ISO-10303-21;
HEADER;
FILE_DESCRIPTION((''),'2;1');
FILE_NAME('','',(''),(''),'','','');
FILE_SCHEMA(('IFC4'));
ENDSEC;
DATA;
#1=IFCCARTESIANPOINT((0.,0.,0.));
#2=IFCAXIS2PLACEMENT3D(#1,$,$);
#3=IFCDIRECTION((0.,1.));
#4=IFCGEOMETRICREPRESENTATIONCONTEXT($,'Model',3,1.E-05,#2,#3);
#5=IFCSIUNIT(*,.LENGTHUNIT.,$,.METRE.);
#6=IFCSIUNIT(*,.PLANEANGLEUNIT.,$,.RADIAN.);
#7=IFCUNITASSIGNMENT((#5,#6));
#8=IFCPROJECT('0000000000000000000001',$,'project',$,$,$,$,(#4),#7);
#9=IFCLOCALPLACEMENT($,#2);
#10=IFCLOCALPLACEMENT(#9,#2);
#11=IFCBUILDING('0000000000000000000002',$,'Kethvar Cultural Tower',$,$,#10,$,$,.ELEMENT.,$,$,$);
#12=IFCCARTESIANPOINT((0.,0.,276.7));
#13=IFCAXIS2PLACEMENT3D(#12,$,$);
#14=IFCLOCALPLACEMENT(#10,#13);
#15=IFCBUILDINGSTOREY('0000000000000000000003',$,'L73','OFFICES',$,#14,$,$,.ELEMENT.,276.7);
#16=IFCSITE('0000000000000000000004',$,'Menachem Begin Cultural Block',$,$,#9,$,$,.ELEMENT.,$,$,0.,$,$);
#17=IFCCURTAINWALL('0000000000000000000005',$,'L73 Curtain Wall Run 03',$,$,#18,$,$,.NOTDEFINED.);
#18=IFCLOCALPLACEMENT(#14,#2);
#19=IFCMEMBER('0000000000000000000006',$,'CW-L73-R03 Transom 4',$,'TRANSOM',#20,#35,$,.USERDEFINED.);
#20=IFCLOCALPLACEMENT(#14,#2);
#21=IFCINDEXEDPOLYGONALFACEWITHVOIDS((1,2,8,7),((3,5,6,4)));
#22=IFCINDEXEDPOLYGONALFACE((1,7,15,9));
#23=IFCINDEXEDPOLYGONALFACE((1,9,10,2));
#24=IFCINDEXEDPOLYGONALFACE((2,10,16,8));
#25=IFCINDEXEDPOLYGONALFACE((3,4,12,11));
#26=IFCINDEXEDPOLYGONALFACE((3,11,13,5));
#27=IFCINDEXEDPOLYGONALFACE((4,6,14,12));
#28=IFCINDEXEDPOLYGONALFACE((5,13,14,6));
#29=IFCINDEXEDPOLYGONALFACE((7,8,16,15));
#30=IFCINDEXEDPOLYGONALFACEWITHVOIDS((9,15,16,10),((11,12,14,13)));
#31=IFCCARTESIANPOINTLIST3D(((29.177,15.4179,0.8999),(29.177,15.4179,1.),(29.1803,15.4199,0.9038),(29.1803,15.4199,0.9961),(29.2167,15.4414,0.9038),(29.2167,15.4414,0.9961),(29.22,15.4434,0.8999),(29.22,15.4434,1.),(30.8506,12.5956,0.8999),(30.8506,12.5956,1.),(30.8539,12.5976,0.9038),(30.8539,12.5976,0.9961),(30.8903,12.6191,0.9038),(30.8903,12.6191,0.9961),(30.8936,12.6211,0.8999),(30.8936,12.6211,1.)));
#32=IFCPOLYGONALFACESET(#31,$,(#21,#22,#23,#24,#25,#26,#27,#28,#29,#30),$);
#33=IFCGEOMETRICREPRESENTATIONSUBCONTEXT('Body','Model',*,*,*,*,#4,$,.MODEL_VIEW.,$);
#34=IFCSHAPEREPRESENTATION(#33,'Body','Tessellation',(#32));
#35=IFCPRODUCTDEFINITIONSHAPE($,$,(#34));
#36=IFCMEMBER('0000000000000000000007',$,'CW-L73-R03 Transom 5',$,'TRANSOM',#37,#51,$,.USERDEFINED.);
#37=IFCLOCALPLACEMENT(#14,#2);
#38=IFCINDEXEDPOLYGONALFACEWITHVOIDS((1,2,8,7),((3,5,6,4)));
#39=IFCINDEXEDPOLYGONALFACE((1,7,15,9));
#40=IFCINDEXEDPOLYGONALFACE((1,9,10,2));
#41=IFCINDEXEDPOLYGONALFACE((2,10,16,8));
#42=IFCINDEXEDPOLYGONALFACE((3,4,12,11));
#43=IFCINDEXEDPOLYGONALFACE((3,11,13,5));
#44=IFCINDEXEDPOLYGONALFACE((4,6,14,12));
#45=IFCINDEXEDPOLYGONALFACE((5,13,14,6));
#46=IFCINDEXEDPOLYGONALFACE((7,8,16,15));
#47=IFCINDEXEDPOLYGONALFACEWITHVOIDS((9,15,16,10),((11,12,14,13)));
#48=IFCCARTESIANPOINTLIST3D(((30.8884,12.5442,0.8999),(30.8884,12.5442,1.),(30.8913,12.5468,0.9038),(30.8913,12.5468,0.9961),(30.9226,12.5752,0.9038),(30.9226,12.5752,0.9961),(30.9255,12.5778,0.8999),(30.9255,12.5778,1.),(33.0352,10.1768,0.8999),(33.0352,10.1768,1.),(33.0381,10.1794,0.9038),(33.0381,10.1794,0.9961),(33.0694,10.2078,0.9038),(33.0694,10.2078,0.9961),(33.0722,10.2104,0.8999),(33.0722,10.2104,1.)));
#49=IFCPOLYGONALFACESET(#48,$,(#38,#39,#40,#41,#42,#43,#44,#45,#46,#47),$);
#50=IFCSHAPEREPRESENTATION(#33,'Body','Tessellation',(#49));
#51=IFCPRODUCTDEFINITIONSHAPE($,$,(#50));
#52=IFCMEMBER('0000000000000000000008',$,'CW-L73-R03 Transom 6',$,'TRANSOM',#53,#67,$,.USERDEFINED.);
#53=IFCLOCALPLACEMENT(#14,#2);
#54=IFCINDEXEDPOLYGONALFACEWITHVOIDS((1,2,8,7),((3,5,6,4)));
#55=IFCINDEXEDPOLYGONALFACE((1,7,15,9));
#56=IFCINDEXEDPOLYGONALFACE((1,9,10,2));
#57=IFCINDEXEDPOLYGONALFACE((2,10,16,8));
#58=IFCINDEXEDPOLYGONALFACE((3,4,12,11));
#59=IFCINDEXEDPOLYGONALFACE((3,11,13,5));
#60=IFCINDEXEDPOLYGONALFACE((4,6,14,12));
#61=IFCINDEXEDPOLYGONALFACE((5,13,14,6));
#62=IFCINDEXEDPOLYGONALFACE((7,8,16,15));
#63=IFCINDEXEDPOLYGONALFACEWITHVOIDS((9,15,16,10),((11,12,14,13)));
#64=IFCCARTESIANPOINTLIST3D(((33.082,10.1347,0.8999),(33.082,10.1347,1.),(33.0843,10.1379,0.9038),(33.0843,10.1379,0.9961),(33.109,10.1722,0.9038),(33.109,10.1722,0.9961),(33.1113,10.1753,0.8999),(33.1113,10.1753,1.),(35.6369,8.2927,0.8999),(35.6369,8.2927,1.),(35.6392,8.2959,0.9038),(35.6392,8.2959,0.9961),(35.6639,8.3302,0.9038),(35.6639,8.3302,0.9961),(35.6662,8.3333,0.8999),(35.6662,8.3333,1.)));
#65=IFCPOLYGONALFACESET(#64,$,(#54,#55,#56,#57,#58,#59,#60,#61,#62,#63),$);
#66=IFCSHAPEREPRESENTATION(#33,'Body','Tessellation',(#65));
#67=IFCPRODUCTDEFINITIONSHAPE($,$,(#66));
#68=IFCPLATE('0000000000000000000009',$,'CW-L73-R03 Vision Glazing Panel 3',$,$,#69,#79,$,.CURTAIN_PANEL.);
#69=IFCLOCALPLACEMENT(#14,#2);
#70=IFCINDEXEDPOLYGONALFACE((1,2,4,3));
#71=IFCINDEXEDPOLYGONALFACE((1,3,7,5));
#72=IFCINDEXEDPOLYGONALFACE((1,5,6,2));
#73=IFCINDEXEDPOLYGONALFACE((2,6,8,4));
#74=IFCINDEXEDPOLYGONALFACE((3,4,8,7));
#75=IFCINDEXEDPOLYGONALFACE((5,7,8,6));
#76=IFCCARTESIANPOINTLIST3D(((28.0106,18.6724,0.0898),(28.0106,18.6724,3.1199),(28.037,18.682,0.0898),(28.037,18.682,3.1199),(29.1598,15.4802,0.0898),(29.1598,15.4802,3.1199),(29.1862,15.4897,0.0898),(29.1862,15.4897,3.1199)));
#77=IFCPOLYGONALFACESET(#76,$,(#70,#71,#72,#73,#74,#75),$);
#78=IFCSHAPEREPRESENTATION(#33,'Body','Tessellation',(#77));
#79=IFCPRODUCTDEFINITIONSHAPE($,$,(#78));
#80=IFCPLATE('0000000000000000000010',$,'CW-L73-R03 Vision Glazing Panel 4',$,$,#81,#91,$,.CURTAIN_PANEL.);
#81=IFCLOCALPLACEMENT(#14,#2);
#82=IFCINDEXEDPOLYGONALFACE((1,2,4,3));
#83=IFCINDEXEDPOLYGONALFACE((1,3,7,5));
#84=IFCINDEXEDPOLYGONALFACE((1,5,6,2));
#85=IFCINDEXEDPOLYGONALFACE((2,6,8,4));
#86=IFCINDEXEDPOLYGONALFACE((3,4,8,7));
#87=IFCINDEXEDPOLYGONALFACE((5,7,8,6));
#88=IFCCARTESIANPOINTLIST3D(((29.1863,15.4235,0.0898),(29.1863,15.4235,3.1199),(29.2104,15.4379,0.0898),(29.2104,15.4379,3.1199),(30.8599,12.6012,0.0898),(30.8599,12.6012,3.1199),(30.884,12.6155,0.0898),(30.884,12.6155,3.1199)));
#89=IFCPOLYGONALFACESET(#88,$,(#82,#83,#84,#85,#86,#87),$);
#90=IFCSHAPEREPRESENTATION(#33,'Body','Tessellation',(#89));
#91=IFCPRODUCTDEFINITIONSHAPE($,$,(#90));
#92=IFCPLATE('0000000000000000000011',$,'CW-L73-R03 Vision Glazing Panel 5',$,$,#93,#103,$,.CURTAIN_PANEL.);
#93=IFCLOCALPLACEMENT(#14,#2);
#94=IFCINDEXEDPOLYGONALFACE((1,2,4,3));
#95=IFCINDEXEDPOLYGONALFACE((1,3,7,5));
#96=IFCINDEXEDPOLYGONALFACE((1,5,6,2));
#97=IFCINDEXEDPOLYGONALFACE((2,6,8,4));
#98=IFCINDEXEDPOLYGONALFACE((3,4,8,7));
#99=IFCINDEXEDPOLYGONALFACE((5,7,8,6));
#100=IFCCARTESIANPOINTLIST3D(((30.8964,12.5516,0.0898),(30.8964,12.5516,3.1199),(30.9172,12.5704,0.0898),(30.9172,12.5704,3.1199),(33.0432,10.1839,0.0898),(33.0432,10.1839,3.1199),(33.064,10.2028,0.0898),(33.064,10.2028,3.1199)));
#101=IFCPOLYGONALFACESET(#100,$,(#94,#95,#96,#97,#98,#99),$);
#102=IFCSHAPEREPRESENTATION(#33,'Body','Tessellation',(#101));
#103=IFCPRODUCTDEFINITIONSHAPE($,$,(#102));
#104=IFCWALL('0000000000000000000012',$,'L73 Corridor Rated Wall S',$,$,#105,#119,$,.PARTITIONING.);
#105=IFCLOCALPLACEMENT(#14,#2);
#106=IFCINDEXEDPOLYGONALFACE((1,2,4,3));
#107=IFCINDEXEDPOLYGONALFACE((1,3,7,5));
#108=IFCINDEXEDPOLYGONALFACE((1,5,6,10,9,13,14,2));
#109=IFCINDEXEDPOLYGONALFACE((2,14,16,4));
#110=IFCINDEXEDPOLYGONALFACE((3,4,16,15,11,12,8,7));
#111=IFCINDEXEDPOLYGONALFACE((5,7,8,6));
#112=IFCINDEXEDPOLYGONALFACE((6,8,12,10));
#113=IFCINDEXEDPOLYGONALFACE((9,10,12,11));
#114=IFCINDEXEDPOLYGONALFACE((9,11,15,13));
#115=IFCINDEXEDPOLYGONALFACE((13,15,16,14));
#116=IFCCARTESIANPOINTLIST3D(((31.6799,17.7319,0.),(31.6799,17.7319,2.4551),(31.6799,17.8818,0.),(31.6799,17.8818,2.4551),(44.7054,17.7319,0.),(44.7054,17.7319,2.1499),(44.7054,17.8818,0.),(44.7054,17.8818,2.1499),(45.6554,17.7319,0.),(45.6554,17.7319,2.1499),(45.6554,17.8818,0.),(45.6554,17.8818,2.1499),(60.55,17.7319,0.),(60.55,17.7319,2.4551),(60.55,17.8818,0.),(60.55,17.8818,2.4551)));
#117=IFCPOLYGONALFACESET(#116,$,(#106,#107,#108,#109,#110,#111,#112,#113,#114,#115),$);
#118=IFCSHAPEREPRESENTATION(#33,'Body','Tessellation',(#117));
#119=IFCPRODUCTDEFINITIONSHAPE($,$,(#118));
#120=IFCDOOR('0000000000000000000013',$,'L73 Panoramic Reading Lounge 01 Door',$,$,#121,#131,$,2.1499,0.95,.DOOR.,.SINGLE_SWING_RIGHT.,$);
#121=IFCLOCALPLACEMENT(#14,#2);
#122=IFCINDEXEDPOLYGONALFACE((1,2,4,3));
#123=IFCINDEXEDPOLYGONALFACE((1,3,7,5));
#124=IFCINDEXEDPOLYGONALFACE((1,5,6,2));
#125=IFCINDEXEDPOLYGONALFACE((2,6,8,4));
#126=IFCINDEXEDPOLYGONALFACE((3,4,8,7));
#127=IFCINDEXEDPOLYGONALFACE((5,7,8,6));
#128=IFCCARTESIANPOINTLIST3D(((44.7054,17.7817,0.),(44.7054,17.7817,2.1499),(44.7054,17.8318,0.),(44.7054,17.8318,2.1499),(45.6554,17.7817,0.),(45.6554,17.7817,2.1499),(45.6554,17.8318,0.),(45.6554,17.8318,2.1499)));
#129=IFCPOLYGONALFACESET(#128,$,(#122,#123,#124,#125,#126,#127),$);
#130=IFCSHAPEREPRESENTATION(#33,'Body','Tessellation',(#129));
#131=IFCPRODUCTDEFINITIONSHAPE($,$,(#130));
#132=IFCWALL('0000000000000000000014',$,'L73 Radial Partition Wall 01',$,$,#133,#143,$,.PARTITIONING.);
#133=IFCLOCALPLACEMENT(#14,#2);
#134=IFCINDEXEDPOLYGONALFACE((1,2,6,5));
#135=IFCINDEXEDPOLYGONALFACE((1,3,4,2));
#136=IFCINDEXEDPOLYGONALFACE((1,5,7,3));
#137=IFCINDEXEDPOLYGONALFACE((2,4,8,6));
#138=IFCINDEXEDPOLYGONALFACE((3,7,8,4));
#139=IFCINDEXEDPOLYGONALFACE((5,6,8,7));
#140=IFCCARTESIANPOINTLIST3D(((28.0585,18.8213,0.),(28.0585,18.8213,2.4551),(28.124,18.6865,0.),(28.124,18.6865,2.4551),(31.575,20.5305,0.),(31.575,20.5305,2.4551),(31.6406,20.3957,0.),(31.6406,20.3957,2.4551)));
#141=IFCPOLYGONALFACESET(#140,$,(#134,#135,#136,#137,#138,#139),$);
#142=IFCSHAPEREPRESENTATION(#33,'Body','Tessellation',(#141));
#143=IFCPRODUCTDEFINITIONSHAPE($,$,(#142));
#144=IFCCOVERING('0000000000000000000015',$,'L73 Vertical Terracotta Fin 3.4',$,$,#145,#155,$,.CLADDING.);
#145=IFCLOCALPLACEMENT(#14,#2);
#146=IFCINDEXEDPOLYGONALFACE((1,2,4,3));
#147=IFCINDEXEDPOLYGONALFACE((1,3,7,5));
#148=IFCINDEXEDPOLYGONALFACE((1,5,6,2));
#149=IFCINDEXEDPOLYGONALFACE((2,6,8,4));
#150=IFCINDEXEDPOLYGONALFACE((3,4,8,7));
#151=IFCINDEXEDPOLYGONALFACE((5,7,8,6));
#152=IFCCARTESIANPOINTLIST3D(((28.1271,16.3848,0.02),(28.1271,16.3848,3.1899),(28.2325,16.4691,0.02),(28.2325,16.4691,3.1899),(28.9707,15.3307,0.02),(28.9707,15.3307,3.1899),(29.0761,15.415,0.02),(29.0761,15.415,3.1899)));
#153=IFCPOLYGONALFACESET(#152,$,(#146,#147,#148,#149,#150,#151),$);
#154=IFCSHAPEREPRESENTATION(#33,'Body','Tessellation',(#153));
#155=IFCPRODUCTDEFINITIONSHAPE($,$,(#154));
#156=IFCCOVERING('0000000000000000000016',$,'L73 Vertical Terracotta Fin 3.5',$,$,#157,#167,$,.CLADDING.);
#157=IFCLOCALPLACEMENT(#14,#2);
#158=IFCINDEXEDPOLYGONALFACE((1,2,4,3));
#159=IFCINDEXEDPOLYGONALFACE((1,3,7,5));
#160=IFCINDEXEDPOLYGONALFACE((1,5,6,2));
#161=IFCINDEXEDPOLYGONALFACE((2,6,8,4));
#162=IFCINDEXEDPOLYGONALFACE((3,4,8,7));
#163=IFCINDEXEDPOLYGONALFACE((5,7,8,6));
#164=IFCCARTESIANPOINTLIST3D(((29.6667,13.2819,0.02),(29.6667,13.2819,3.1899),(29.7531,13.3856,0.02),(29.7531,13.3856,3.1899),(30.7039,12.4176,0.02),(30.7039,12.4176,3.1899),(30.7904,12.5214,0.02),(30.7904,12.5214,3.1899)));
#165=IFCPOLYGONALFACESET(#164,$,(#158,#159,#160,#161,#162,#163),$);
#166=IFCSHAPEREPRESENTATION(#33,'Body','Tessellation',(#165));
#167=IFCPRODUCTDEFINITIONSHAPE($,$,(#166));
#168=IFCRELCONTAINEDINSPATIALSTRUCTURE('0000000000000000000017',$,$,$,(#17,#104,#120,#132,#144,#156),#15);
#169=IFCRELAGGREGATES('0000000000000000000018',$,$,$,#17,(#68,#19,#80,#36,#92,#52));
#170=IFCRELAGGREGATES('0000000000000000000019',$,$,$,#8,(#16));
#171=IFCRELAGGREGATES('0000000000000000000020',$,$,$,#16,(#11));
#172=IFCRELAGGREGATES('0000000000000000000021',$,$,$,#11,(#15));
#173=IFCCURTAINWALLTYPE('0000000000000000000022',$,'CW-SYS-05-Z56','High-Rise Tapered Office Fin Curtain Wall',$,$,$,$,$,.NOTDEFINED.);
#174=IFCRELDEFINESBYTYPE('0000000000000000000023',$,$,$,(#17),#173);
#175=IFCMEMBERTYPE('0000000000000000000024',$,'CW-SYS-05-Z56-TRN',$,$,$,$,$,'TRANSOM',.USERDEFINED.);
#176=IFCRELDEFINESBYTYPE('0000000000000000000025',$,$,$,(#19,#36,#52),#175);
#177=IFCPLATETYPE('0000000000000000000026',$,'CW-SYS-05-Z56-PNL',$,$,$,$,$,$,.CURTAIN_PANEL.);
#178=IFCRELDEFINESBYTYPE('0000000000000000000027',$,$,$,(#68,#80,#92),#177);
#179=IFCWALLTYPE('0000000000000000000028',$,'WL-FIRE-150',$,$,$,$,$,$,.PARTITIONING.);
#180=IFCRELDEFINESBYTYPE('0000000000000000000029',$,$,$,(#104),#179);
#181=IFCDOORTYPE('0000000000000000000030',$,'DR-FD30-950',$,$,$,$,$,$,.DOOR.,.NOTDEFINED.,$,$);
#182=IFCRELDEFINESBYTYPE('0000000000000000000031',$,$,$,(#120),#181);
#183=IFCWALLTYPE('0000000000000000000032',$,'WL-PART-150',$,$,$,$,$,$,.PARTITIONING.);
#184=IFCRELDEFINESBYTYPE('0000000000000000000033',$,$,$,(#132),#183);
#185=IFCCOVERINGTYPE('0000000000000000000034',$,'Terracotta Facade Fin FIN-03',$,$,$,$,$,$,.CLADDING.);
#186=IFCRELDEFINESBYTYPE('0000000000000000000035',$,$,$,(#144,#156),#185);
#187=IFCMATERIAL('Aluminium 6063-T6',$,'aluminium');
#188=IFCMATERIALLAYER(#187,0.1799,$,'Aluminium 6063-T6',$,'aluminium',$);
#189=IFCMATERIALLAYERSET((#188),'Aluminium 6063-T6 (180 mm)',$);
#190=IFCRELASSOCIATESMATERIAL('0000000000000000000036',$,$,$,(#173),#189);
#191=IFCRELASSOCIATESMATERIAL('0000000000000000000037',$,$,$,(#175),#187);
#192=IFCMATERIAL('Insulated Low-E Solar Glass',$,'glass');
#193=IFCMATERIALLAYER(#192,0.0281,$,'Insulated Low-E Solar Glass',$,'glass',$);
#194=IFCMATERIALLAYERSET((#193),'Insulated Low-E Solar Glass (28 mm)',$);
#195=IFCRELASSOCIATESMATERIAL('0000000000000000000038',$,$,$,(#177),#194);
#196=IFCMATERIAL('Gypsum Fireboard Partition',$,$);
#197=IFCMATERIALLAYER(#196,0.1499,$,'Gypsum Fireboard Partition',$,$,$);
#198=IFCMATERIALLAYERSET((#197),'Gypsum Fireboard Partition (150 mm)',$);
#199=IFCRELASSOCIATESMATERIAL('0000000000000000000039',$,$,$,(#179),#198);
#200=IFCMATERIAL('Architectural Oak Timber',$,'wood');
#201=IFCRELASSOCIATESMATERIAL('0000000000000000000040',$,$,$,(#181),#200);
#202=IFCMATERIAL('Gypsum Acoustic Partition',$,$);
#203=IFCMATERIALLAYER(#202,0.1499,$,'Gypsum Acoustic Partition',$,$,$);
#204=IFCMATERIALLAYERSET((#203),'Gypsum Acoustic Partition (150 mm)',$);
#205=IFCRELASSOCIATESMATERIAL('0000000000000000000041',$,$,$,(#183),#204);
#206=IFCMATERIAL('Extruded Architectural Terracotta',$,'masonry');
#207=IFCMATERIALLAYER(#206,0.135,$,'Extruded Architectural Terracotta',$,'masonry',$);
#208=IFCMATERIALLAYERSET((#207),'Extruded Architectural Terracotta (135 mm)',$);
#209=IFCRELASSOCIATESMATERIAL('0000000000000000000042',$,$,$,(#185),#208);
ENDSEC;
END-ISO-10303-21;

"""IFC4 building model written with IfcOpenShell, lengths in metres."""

from ifc_helpers import new_model, si_unit, direction, frame, frame_2d, origin, origin_2d, place, context, subcontext, project, spatial, rectangle, hollow_rectangle, extrude, source, transform, mapped, material, layer, layer_set, material_profile, profile_set, type_object, element, fill, aggregate, save


model = new_model("IFC4")

# Units and contexts
model_context = context("Model", 3, precision=1e-05, world=origin(), true_north=direction((0.0, 1.0)))
body_context = subcontext(model_context, "Body", "Model", "MODEL_VIEW")
ifc_project = project(units=[si_unit("LENGTHUNIT", "METRE"), si_unit("PLANEANGLEUNIT", "RADIAN")], contexts=[model_context])

# Site, building, storey
site_placement = place(None, origin())
site = spatial("IfcSite", under=ifc_project, at=site_placement, Name="Menachem Begin Cultural Block", CompositionType="ELEMENT", RefElevation=0.0)
building_placement = place(site_placement, origin())
building = spatial("IfcBuilding", under=site, at=building_placement, Name="Kethvar Cultural Tower", CompositionType="ELEMENT")
storey_placement = place(building_placement, frame((0.0, 0.0, 276.7)))
storey = spatial("IfcBuildingStorey", under=building, at=storey_placement, Name="L73", Description="OFFICES", CompositionType="ELEMENT", Elevation=276.7)

# Curtain wall, members, plates
ifc_material_1 = material(Name="Aluminium 6063-T6", Category="aluminium")
ifc_layer_1 = layer(ifc_material_1, 0.1799, Name="Aluminium 6063-T6", Category="aluminium")
ifc_layer_set_1 = layer_set([ifc_layer_1], Name="Aluminium 6063-T6 (180 mm)")
curtain_wall_type = type_object("IfcCurtainWallType", Name="CW-SYS-05-Z56", Description="High-Rise Tapered Office Fin Curtain Wall", PredefinedType="NOTDEFINED", material=ifc_layer_set_1)
curtain_wall_placement = place(storey_placement, origin())
curtain_wall = element("IfcCurtainWall", 1, at=curtain_wall_placement, inside=storey, type_object=curtain_wall_type, Name="L73 Curtain Wall Run 03", PredefinedType="NOTDEFINED")
ifc_material_profile_1 = material_profile(ifc_material_1, hollow_rectangle(XDim=0.05, YDim=0.1001, WallThickness=0.0039, at=origin_2d()), Name="Aluminium 6063-T6 — RHS100x50x4")
ifc_profile_set_1 = profile_set([ifc_material_profile_1], Name="Aluminium 6063-T6 — RHS100x50x4")
member_type_1 = type_object("IfcMemberType", Name="CW-SYS-05-Z56-TRN", ElementType="TRANSOM", PredefinedType="USERDEFINED", material=ifc_profile_set_1)
shared_shape_1 = source(origin(), body_context, "Body", "SweptSolid", [
    extrude(hollow_rectangle(XDim=0.05, YDim=0.1001, WallThickness=0.0039, at=origin_2d()), origin(), (0.0, 0.0, 1.0), 3.2812),
])
member_1_placement = place(storey_placement, frame((29.1985, 15.4307, 0.95), z_axis=(0.510057, -0.86014, 0.0), x_axis=(0.86014, 0.510057, 0.0)))
member_1 = element("IfcMember", 2, at=member_1_placement, type_object=member_type_1, Name="CW-L73-R03 Transom 4", ObjectType="TRANSOM", PredefinedType="USERDEFINED", context=body_context, shape_type="MappedRepresentation", body=[
    mapped(shared_shape_1, transform((0.0, 0.0, 0.0), scale=1.0)),
])
shared_shape_2 = source(origin(), body_context, "Body", "SweptSolid", [
    extrude(hollow_rectangle(XDim=0.05, YDim=0.1001, WallThickness=0.0039, at=origin_2d()), origin(), (0.0, 0.0, 1.0), 3.1958),
])
member_2_placement = place(storey_placement, frame((30.907, 12.561, 0.95), z_axis=(0.671733, -0.740793, 0.0), x_axis=(0.740793, 0.671733, 0.0)))
member_2 = element("IfcMember", 3, at=member_2_placement, type_object=member_type_1, Name="CW-L73-R03 Transom 5", ObjectType="TRANSOM", PredefinedType="USERDEFINED", context=body_context, shape_type="MappedRepresentation", body=[
    mapped(shared_shape_2, transform((0.0, 0.0, 0.0), scale=1.0)),
])
shared_shape_3 = source(origin(), body_context, "Body", "SweptSolid", [
    extrude(hollow_rectangle(XDim=0.05, YDim=0.1001, WallThickness=0.0039, at=origin_2d()), origin(), (0.0, 0.0, 1.0), 3.1497),
])
member_3_placement = place(storey_placement, frame((33.0967, 10.155, 0.95), z_axis=(0.811159, -0.584825, 0.0), x_axis=(0.584825, 0.811159, 0.0)))
member_3 = element("IfcMember", 4, at=member_3_placement, type_object=member_type_1, Name="CW-L73-R03 Transom 6", ObjectType="TRANSOM", PredefinedType="USERDEFINED", context=body_context, shape_type="MappedRepresentation", body=[
    mapped(shared_shape_3, transform((0.0, 0.0, 0.0), scale=1.0)),
])
ifc_material_2 = material(Name="Insulated Low-E Solar Glass", Category="glass")
ifc_layer_2 = layer(ifc_material_2, 0.0281, Name="Insulated Low-E Solar Glass", Category="glass")
ifc_layer_set_2 = layer_set([ifc_layer_2], Name="Insulated Low-E Solar Glass (28 mm)")
plate_type = type_object("IfcPlateType", Name="CW-SYS-05-Z56-PNL", PredefinedType="CURTAIN_PANEL", material=ifc_layer_set_2)
shared_shape_4 = source(origin(), body_context, "Body", "SweptSolid", [
    extrude(rectangle(XDim=3.3928, YDim=0.0281, at=origin_2d()), origin(), (0.0, 0.0, 1.0), 3.03),
])
plate_1_placement = place(storey_placement, frame((28.5984, 17.0811, 0.0898), z_axis=(0.0, 0.0, 1.0), x_axis=(0.338705, -0.940893, 0.0)))
plate_1 = element("IfcPlate", 5, at=plate_1_placement, type_object=plate_type, Name="CW-L73-R03 Vision Glazing Panel 3", PredefinedType="CURTAIN_PANEL", context=body_context, shape_type="MappedRepresentation", body=[
    mapped(shared_shape_4, transform((0.0, 0.0, 0.0), scale=1.0)),
])
shared_shape_5 = source(origin(), body_context, "Body", "SweptSolid", [
    extrude(rectangle(XDim=3.2812, YDim=0.0281, at=origin_2d()), origin(), (0.0, 0.0, 1.0), 3.03),
])
plate_2_placement = place(storey_placement, frame((30.0352, 14.0195, 0.0898), z_axis=(0.0, 0.0, 1.0), x_axis=(0.510048, -0.860146, 0.0)))
plate_2 = element("IfcPlate", 6, at=plate_2_placement, type_object=plate_type, Name="CW-L73-R03 Vision Glazing Panel 4", PredefinedType="CURTAIN_PANEL", context=body_context, shape_type="MappedRepresentation", body=[
    mapped(shared_shape_5, transform((0.0, 0.0, 0.0), scale=1.0)),
])
shared_shape_6 = source(origin(), body_context, "Body", "SweptSolid", [
    extrude(rectangle(XDim=3.196, YDim=0.0281, at=origin_2d()), origin(), (0.0, 0.0, 1.0), 3.03),
])
plate_3_placement = place(storey_placement, frame((31.9802, 11.3772, 0.0898), z_axis=(0.0, 0.0, 1.0), x_axis=(0.671721, -0.740805, 0.0)))
plate_3 = element("IfcPlate", 7, at=plate_3_placement, type_object=plate_type, Name="CW-L73-R03 Vision Glazing Panel 5", PredefinedType="CURTAIN_PANEL", context=body_context, shape_type="MappedRepresentation", body=[
    mapped(shared_shape_6, transform((0.0, 0.0, 0.0), scale=1.0)),
])
aggregate(curtain_wall, [plate_1, member_1, plate_2, member_2, plate_3, member_3])

# Wall, opening, door
ifc_material_3 = material(Name="Gypsum Fireboard Partition")
ifc_layer_3 = layer(ifc_material_3, 0.1499, Name="Gypsum Fireboard Partition")
ifc_layer_set_3 = layer_set([ifc_layer_3], Name="Gypsum Fireboard Partition (150 mm)")
wall_type_1 = type_object("IfcWallType", Name="WL-FIRE-150", PredefinedType="PARTITIONING", material=ifc_layer_set_3)
wall_1_placement = place(storey_placement, frame((31.6799, 17.8069, 0.0), z_axis=(0.0, 0.0, 1.0), x_axis=(1.0, 0.0, 0.0)))
wall_1 = element("IfcWall", 8, at=wall_1_placement, inside=storey, type_object=wall_type_1, Name="L73 Corridor Rated Wall S", PredefinedType="PARTITIONING", context=body_context, shape_type="SweptSolid", body=[
    extrude(rectangle(XDim=28.8701, YDim=0.1499, at=frame_2d((14.4351, 0.0))), origin(), (0.0, 0.0, 1.0), 2.4551),
])
opening_placement = place(wall_1_placement, frame((13.0254, 0.0, 0.0)))
opening = element("IfcOpeningElement", 9, at=opening_placement, cuts=wall_1, PredefinedType="OPENING", context=body_context, shape_type="SweptSolid", body=[
    extrude(rectangle(XDim=0.95, YDim=2.1499, at=frame_2d((0.4751, 1.075))), frame((0.0, 0.085, 0.0), z_axis=(0.0, -1.0, 0.0), x_axis=(1.0, 0.0, 0.0)), (0.0, 0.0, 1.0), 0.1699),
])
ifc_material_4 = material(Name="Architectural Oak Timber", Category="wood")
door_type = type_object("IfcDoorType", Name="DR-FD30-950", OperationType="NOTDEFINED", PredefinedType="DOOR", material=ifc_material_4)
shared_shape_7 = source(origin(), body_context, "Body", "SweptSolid", [
    extrude(rectangle(XDim=0.95, YDim=2.1499, at=frame_2d((0.4751, 1.075))), frame((0.0, 0.0249, 0.0), z_axis=(0.0, -1.0, 0.0), x_axis=(1.0, 0.0, 0.0)), (0.0, 0.0, 1.0), 0.05),
])
door_placement = place(opening_placement, origin())
door = element("IfcDoor", 10, at=door_placement, inside=storey, type_object=door_type, Name="L73 Panoramic Reading Lounge 01 Door", OperationType="SINGLE_SWING_RIGHT", OverallHeight=2.1499, OverallWidth=0.95, PredefinedType="DOOR", context=body_context, shape_type="MappedRepresentation", body=[
    mapped(shared_shape_7, transform((0.0, 0.0, 0.0), scale=1.0)),
])
fill(opening, door)

# Wall
ifc_material_5 = material(Name="Gypsum Acoustic Partition")
ifc_layer_4 = layer(ifc_material_5, 0.1499, Name="Gypsum Acoustic Partition")
ifc_layer_set_4 = layer_set([ifc_layer_4], Name="Gypsum Acoustic Partition (150 mm)")
wall_type_2 = type_object("IfcWallType", Name="WL-PART-150", PredefinedType="PARTITIONING", material=ifc_layer_set_4)
wall_2_placement = place(storey_placement, frame((31.6079, 20.4631, 0.0), z_axis=(0.0, 0.0, 1.0), x_axis=(-0.899391, -0.437145, 0.0)))
element("IfcWall", 11, at=wall_2_placement, inside=storey, type_object=wall_type_2, Name="L73 Radial Partition Wall 01", PredefinedType="PARTITIONING", context=body_context, shape_type="SweptSolid", body=[
    extrude(rectangle(XDim=3.9099, YDim=0.1499, at=frame_2d((1.9551, 0.0))), origin(), (0.0, 0.0, 1.0), 2.4551),
])

# Coverings
ifc_material_6 = material(Name="Extruded Architectural Terracotta", Category="masonry")
ifc_layer_5 = layer(ifc_material_6, 0.135, Name="Extruded Architectural Terracotta", Category="masonry")
ifc_layer_set_5 = layer_set([ifc_layer_5], Name="Extruded Architectural Terracotta (135 mm)")
covering_type = type_object("IfcCoveringType", Name="Terracotta Facade Fin FIN-03", PredefinedType="CLADDING", material=ifc_layer_set_5)
shared_shape_8 = source(origin(), body_context, "Body", "SweptSolid", [
    extrude(rectangle(XDim=1.3501, YDim=0.135, at=origin_2d()), origin(), (0.0, 0.0, 1.0), 3.1699),
])
for number, where, z_axis, x_axis, name in (
    (12, (28.6016, 15.8999, 0.02), (0.0, 0.0, 1.0), (-0.624834, 0.780758, 0.0), "L73 Vertical Terracotta Fin 3.4"),
    (13, (30.2285, 12.9016, 0.02), (0.0, 0.0, 1.0), (-0.768284, 0.64011, 0.0), "L73 Vertical Terracotta Fin 3.5"),
):
    element("IfcCovering", number, at=place(storey_placement, frame(where, z_axis=z_axis, x_axis=x_axis)), inside=storey, type_object=covering_type, Name=name, PredefinedType="CLADDING", context=body_context, shape_type="MappedRepresentation", body=[
        mapped(shared_shape_8, transform((0.0, 0.0, 0.0), scale=1.0)),
    ])

save(model, "model.ifc")
